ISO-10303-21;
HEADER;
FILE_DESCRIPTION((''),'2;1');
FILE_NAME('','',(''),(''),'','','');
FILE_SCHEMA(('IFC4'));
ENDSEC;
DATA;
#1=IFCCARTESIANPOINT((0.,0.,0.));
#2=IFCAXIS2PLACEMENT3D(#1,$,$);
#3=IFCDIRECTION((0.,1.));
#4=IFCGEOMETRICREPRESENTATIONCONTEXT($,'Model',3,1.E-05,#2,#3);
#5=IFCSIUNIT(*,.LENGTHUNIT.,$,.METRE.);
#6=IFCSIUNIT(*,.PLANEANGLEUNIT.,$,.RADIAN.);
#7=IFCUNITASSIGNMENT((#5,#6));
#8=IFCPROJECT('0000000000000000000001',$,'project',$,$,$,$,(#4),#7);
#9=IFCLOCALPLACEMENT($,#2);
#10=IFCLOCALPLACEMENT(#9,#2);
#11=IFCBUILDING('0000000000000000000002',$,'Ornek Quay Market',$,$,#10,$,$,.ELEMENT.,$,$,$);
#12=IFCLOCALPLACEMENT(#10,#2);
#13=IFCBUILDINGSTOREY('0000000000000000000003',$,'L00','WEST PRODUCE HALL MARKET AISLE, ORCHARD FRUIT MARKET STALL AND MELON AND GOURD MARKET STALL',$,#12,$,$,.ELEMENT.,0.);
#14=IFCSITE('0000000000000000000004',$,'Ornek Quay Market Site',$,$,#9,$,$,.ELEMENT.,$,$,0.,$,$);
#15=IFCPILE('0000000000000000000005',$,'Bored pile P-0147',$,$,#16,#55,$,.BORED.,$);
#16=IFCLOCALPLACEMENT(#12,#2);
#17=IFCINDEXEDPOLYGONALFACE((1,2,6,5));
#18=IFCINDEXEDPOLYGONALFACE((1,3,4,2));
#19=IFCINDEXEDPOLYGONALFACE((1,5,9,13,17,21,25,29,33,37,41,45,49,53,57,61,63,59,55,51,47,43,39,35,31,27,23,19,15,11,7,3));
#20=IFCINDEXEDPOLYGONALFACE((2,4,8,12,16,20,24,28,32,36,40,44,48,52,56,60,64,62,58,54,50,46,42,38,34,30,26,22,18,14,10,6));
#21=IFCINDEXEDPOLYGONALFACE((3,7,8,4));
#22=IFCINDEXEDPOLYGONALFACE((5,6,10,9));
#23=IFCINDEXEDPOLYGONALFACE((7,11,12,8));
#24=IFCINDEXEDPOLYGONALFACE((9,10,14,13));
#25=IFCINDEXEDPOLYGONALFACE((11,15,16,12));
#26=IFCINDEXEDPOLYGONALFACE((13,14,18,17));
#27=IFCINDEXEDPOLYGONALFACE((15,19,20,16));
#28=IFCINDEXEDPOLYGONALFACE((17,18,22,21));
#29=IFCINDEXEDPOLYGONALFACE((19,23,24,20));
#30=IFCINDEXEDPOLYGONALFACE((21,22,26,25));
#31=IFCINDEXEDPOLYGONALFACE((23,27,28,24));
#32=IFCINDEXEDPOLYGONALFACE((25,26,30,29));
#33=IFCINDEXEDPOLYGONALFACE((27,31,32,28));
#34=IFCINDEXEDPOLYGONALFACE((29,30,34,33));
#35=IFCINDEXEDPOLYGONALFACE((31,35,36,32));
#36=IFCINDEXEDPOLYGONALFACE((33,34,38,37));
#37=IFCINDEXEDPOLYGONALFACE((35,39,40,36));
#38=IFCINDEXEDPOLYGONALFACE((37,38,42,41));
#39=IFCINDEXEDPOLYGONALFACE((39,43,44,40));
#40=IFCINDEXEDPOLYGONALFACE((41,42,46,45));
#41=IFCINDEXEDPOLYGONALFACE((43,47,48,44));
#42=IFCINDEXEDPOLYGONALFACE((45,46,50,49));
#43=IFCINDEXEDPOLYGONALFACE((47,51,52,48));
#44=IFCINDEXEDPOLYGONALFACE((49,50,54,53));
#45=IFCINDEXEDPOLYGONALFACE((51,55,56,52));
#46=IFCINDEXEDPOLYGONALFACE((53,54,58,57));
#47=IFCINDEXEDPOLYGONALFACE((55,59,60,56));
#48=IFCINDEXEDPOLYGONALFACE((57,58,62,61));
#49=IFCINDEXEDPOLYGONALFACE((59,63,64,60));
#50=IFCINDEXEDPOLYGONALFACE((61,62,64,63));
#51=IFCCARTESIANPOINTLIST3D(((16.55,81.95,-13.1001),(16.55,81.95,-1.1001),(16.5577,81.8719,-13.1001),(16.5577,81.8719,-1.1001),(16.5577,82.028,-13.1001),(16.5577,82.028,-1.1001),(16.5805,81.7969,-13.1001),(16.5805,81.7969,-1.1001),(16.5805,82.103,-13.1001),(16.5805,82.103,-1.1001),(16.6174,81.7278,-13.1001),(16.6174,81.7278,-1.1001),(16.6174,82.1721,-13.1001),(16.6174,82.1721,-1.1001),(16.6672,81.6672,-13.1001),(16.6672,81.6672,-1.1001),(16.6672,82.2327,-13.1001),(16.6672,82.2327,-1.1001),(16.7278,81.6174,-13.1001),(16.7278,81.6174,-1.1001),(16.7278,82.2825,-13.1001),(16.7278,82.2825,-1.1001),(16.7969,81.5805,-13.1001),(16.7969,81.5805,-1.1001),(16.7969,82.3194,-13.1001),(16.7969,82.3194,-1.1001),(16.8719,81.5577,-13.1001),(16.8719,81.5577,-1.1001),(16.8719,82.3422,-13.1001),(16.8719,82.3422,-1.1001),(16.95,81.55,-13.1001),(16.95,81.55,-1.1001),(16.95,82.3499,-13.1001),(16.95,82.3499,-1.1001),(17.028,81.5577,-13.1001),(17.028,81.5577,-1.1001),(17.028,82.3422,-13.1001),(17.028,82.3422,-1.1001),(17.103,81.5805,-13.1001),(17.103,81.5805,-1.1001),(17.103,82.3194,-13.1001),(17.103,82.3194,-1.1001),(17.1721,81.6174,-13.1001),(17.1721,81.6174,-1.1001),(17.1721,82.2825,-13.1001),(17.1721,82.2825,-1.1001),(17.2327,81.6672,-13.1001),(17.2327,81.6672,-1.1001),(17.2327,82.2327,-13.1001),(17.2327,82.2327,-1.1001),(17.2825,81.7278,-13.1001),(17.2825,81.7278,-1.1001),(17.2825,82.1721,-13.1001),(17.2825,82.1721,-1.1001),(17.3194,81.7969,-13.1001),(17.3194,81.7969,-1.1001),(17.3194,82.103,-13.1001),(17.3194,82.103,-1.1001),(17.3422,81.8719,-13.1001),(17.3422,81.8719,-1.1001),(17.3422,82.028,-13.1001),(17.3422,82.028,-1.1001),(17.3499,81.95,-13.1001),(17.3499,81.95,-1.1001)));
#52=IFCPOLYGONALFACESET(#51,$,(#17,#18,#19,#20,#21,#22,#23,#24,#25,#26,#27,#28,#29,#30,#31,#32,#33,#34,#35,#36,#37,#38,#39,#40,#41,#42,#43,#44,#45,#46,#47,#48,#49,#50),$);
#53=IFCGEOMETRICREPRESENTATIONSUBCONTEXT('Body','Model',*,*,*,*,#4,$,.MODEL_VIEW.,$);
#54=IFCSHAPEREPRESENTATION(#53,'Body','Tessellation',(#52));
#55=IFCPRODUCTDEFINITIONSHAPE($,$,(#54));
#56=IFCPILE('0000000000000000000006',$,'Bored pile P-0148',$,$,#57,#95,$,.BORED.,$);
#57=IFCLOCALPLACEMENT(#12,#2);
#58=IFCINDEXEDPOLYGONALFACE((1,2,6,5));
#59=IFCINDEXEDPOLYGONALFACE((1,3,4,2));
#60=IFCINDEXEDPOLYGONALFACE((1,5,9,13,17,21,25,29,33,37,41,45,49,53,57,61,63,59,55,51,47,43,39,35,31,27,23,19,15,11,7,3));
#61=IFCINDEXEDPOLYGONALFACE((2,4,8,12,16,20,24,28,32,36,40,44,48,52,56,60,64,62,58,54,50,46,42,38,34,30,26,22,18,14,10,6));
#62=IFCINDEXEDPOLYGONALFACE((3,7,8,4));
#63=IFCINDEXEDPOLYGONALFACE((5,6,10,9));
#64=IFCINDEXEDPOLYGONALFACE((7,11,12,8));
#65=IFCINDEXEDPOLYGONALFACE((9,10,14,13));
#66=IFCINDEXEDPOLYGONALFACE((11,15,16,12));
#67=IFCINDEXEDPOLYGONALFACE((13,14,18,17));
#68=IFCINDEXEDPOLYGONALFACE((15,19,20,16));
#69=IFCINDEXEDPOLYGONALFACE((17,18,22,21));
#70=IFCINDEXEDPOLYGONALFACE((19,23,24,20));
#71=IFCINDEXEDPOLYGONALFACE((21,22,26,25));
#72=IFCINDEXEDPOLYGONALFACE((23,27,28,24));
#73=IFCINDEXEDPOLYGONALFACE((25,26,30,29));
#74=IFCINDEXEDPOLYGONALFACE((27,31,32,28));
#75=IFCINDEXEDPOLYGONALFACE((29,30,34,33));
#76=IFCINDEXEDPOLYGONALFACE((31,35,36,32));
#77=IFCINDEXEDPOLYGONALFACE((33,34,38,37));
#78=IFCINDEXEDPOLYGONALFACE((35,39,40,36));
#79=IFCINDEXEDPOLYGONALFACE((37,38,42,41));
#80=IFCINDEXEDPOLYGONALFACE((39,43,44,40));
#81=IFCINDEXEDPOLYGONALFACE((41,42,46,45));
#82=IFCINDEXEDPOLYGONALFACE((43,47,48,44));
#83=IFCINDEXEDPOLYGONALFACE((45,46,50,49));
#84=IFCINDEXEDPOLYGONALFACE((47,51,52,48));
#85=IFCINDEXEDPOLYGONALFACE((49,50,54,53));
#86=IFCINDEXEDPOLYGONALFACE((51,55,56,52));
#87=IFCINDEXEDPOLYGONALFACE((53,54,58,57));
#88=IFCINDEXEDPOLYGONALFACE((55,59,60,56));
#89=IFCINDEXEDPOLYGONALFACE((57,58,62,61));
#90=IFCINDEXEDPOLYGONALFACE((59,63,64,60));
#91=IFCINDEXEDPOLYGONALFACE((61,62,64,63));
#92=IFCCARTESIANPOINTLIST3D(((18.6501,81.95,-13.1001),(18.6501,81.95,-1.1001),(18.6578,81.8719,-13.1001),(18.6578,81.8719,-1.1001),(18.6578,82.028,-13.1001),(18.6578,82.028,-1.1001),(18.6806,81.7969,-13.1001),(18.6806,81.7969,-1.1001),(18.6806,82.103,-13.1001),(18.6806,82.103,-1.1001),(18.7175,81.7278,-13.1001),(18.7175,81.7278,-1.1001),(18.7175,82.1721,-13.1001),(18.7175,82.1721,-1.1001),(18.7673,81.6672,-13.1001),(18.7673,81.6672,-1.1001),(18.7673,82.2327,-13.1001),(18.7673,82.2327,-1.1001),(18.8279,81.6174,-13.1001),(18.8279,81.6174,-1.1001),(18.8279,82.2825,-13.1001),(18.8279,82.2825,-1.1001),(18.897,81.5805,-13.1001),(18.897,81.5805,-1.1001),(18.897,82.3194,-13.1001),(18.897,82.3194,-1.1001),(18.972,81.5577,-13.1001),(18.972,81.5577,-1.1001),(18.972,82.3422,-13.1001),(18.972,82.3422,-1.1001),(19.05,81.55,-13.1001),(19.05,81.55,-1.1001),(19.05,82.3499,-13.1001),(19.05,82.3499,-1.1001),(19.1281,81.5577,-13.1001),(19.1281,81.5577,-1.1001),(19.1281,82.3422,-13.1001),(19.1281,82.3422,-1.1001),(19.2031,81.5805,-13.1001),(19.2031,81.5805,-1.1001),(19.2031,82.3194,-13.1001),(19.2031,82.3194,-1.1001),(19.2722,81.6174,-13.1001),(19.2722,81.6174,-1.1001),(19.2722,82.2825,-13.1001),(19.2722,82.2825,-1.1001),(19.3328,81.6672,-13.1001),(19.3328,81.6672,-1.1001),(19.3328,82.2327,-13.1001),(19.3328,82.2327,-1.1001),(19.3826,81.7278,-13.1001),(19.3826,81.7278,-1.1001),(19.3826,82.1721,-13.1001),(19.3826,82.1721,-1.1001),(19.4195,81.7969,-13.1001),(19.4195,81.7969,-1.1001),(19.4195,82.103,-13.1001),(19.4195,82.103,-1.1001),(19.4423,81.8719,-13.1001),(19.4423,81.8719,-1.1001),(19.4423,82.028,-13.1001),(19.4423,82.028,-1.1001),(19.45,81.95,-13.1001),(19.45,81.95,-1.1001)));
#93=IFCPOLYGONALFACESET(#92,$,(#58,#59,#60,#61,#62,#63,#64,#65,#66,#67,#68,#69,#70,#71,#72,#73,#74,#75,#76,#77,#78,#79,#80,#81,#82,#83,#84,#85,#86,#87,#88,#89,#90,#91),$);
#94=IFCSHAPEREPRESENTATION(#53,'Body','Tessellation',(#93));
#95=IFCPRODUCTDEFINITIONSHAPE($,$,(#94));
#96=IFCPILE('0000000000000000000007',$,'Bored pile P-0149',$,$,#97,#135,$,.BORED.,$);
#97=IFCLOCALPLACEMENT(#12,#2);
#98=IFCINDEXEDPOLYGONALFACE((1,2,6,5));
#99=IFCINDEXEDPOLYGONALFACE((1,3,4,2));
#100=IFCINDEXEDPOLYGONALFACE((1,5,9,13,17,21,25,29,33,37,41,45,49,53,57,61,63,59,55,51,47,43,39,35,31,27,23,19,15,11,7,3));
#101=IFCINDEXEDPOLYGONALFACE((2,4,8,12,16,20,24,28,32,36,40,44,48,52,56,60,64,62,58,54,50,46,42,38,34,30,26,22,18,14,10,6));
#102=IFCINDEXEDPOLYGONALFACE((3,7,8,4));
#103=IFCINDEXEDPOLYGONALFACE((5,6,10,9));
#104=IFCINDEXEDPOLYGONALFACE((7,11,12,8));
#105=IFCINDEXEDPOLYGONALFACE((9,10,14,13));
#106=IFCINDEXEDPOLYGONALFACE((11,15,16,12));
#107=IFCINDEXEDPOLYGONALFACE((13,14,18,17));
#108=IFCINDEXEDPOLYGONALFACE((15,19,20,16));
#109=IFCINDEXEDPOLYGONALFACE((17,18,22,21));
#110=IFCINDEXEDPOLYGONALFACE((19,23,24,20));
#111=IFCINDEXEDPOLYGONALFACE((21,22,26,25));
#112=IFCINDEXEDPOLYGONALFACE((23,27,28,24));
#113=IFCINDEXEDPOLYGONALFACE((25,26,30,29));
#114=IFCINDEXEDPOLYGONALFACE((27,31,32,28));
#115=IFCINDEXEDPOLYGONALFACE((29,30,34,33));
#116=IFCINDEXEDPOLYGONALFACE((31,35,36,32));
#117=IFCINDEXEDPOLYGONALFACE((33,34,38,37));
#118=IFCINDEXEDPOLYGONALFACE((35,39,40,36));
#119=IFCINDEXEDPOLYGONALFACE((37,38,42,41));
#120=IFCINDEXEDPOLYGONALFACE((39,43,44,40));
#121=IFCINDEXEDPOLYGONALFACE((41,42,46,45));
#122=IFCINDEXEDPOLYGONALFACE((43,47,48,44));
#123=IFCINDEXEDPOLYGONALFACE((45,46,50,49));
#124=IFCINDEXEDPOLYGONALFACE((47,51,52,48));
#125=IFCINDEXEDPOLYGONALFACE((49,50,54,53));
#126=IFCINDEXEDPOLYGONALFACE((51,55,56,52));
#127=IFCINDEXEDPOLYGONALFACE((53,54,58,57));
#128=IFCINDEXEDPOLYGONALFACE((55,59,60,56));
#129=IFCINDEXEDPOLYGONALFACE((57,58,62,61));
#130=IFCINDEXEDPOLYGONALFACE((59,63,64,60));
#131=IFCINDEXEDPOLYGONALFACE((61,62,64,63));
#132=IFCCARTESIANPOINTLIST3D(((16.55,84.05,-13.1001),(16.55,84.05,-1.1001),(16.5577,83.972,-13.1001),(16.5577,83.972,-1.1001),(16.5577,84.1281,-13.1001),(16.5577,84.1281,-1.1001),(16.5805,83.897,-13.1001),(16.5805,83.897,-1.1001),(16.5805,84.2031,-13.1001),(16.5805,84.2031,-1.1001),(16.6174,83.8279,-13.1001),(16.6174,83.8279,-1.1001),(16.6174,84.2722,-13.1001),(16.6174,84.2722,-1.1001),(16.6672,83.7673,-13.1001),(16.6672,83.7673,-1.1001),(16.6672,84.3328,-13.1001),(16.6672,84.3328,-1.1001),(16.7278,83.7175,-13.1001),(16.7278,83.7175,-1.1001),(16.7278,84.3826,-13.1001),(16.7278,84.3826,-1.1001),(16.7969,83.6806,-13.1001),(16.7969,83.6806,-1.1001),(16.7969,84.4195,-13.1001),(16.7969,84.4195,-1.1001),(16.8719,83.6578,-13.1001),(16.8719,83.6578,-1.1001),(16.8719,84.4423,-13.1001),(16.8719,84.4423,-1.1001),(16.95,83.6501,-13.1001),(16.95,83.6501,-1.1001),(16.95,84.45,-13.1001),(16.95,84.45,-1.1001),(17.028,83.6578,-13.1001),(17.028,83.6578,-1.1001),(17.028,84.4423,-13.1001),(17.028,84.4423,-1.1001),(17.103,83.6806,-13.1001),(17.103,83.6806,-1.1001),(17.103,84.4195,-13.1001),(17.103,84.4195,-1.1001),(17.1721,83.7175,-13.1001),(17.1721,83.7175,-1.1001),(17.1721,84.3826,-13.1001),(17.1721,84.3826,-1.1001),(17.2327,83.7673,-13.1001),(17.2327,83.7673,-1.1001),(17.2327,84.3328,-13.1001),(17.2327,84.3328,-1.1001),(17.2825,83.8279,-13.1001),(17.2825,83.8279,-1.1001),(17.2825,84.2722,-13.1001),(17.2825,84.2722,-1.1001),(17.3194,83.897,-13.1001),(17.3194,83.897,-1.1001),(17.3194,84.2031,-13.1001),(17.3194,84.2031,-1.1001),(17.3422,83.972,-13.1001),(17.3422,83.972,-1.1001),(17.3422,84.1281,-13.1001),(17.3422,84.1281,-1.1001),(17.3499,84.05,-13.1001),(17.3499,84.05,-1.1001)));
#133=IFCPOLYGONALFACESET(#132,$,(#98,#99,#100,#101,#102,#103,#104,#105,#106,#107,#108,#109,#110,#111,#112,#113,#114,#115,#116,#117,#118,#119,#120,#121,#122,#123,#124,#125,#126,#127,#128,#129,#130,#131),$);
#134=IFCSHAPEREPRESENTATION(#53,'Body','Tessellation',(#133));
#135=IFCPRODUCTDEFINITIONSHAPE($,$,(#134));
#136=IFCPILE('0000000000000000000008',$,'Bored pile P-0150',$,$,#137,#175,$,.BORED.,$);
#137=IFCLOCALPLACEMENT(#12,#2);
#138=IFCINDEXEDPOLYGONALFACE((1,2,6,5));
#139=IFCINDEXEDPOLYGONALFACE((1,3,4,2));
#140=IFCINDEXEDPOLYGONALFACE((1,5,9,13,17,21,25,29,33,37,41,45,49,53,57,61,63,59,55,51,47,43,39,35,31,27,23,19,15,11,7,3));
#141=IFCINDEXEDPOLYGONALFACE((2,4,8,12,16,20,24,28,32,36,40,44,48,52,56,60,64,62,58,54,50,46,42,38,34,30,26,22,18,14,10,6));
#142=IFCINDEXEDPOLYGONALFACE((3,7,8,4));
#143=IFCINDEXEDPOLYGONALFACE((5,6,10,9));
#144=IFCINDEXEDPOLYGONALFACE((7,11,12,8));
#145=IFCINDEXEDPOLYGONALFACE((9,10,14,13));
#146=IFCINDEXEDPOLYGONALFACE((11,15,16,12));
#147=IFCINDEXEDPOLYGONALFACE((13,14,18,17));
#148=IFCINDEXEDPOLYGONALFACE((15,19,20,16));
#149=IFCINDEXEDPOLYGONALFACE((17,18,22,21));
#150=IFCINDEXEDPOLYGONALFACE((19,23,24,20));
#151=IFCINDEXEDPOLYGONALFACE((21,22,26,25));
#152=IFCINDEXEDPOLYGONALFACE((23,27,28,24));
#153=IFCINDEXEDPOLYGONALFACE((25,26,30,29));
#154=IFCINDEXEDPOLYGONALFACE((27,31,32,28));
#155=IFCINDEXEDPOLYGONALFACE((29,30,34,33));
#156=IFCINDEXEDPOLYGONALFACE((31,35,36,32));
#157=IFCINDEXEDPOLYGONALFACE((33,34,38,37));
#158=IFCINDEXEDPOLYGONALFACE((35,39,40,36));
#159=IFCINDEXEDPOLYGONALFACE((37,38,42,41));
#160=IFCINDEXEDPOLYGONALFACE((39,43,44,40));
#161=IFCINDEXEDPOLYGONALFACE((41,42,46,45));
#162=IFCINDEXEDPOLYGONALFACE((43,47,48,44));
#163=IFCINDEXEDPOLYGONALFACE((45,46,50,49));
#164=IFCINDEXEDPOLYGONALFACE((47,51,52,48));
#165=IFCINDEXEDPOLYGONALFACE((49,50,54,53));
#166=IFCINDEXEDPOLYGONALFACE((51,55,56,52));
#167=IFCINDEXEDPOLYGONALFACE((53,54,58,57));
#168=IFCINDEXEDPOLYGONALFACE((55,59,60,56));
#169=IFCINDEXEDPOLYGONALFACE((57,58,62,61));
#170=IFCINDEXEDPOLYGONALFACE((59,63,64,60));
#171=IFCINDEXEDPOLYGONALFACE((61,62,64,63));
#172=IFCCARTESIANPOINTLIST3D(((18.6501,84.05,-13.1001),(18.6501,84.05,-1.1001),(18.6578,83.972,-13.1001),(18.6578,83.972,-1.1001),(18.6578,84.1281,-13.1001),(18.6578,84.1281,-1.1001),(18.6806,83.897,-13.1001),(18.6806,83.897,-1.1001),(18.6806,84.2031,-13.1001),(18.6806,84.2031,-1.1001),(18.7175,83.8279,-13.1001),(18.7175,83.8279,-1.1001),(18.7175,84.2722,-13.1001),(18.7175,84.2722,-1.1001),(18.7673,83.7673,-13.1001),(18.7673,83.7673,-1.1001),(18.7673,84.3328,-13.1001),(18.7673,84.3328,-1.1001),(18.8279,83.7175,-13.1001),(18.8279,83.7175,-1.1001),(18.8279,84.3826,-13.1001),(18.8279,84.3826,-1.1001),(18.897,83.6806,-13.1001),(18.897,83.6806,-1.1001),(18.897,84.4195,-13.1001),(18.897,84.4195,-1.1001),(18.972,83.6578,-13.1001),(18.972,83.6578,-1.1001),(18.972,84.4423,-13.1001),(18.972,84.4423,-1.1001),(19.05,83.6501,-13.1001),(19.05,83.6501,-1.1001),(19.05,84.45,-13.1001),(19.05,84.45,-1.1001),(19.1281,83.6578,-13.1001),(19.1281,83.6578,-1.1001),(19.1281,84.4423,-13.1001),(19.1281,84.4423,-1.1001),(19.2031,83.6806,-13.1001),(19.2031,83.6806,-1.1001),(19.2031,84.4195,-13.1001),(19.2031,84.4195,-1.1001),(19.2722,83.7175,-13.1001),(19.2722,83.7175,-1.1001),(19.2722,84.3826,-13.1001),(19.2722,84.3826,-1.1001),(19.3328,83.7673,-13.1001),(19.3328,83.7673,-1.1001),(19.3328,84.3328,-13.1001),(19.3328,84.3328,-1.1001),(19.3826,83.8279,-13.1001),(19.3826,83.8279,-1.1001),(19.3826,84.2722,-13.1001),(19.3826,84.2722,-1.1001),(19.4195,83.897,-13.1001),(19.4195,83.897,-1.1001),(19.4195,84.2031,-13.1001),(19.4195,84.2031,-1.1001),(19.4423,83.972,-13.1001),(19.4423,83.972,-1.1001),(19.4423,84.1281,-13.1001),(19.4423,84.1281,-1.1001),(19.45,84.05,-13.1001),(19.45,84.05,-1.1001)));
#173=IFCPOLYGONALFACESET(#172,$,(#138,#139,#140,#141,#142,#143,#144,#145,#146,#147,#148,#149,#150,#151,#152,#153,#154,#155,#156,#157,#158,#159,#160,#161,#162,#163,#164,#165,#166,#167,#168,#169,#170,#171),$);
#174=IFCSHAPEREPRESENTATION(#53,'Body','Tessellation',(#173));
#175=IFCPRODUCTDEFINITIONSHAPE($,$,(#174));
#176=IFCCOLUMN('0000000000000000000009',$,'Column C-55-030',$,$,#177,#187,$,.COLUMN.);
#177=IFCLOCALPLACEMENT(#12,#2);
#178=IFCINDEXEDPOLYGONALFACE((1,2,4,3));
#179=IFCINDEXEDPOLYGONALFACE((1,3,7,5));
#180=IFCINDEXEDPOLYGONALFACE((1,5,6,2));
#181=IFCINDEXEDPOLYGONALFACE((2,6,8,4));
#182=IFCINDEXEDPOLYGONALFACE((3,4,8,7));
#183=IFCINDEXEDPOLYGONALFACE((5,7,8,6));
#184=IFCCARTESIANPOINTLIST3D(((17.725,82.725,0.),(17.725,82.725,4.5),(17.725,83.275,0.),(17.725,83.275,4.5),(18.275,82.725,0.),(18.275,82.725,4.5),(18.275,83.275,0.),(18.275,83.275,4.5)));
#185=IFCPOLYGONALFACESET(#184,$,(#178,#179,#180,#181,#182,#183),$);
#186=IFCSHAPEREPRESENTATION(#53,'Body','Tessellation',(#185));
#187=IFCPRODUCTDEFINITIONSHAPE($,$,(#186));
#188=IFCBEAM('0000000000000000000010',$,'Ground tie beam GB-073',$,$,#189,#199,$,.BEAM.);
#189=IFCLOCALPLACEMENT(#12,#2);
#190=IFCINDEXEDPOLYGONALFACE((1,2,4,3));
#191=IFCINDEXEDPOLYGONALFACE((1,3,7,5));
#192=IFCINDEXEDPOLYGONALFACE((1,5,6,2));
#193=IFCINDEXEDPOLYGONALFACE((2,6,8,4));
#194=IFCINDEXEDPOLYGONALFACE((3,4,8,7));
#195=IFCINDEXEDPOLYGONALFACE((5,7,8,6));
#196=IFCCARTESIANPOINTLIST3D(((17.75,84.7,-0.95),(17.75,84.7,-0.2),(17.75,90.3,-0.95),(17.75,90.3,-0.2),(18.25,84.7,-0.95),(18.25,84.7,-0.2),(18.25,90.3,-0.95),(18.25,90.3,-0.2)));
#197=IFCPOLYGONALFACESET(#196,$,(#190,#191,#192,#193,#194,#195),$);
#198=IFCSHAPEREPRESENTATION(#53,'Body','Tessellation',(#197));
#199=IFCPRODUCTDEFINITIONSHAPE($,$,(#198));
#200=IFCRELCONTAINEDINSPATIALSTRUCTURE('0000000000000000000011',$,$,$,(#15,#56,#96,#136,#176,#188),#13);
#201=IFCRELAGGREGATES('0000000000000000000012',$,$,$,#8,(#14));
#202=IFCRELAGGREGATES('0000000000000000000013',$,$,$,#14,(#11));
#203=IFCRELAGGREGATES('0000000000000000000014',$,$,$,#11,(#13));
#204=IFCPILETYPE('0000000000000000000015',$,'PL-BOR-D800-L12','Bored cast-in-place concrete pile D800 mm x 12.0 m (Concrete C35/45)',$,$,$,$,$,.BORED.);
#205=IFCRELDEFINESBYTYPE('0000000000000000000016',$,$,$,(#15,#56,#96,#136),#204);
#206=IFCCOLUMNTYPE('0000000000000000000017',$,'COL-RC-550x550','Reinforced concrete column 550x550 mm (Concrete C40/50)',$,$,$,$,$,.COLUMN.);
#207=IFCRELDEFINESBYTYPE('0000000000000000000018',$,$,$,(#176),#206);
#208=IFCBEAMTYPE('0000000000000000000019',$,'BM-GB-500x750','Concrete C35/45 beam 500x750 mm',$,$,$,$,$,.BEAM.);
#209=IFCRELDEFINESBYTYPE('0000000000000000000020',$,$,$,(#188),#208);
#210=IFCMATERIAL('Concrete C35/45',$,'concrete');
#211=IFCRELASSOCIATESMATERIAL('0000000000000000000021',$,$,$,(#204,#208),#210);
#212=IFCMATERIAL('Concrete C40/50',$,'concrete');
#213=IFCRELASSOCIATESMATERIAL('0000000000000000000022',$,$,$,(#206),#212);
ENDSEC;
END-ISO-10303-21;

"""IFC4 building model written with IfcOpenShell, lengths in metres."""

from ifc_helpers import new_model, si_unit, direction, frame, origin, origin_2d, place, context, subcontext, project, spatial, rectangle, circle, extrude, material, material_profile, profile_set, type_object, element, save


model = new_model("IFC4")

# Units and contexts
model_context = context("Model", 3, precision=1e-05, world=origin(), true_north=direction((0.0, 1.0)))
body_context = subcontext(model_context, "Body", "Model", "MODEL_VIEW")
ifc_project = project(units=[si_unit("LENGTHUNIT", "METRE"), si_unit("PLANEANGLEUNIT", "RADIAN")], contexts=[model_context])

# Site, building, storey
site_placement = place(None, origin())
site = spatial("IfcSite", under=ifc_project, at=site_placement, Name="Ornek Quay Market Site", CompositionType="ELEMENT", RefElevation=0.0)
building_placement = place(site_placement, origin())
building = spatial("IfcBuilding", under=site, at=building_placement, Name="Ornek Quay Market", CompositionType="ELEMENT")
storey_placement = place(building_placement, origin())
storey = spatial("IfcBuildingStorey", under=building, at=storey_placement, Name="L00", Description="WEST PRODUCE HALL MARKET AISLE, ORCHARD FRUIT MARKET STALL AND MELON AND GOURD MARKET STALL", CompositionType="ELEMENT", Elevation=0.0)

# Piles
ifc_material_1 = material(Name="Concrete C35/45", Category="concrete")
ifc_material_profile_1 = material_profile(ifc_material_1, circle(Radius=0.3999, at=origin_2d()), Name="PILE D800", Category="concrete")
ifc_profile_set_1 = profile_set([ifc_material_profile_1], Name="Concrete C35/45")
pile_type = type_object("IfcPileType", Name="PL-BOR-D800-L12", Description="Bored cast-in-place concrete pile D800 mm x 12.0 m (Concrete C35/45)", PredefinedType="BORED", material=ifc_profile_set_1)
for number, where, z_axis, x_axis, name in (
    (1, (16.95, 81.95, -1.1001), (0.0, 0.0, -1.0), (1.0, 0.0, 0.0), "Bored pile P-0147"),
    (2, (19.05, 81.95, -1.1001), (0.0, 0.0, -1.0), (1.0, 0.0, 0.0), "Bored pile P-0148"),
    (3, (16.95, 84.05, -1.1001), (0.0, 0.0, -1.0), (1.0, 0.0, 0.0), "Bored pile P-0149"),
    (4, (19.05, 84.05, -1.1001), (0.0, 0.0, -1.0), (1.0, 0.0, 0.0), "Bored pile P-0150"),
):
    element("IfcPile", number, at=place(storey_placement, frame(where, z_axis=z_axis, x_axis=x_axis)), inside=storey, type_object=pile_type, Name=name, PredefinedType="BORED", context=body_context, shape_type="SweptSolid", body=[
        extrude(circle(Radius=0.3999, at=origin_2d()), origin(), (0.0, 0.0, 1.0), 12.0),
    ])

# Column
ifc_material_2 = material(Name="Concrete C40/50", Category="concrete")
ifc_material_profile_2 = material_profile(ifc_material_2, rectangle(XDim=0.55, YDim=0.55, at=origin_2d()), Name="RC 550x550", Category="concrete")
ifc_profile_set_2 = profile_set([ifc_material_profile_2], Name="Concrete C40/50")
column_type = type_object("IfcColumnType", Name="COL-RC-550x550", Description="Reinforced concrete column 550x550 mm (Concrete C40/50)", PredefinedType="COLUMN", material=ifc_profile_set_2)
column_placement = place(storey_placement, frame((18.0, 83.0, 0.0), z_axis=(0.0, 0.0, 1.0), x_axis=(1.0, 0.0, 0.0)))
element("IfcColumn", 5, at=column_placement, inside=storey, type_object=column_type, Name="Column C-55-030", PredefinedType="COLUMN", context=body_context, shape_type="SweptSolid", body=[
    extrude(rectangle(XDim=0.55, YDim=0.55, at=origin_2d()), origin(), (0.0, 0.0, 1.0), 4.5),
])

# Beam
ifc_material_profile_3 = material_profile(ifc_material_1, rectangle(XDim=0.5, YDim=0.75, at=origin_2d()), Name="RC 500x750", Category="concrete")
ifc_profile_set_3 = profile_set([ifc_material_profile_3], Name="Concrete C35/45")
beam_type_1 = type_object("IfcBeamType", Name="BM-GB-500x750", Description="Concrete C35/45 beam 500x750 mm", PredefinedType="BEAM", material=ifc_profile_set_3)
beam_1_placement = place(storey_placement, frame((18.0, 84.7, -0.575), z_axis=(0.0, 1.0, 0.0), x_axis=(-1.0, 0.0, 0.0)))
element("IfcBeam", 6, at=beam_1_placement, inside=storey, type_object=beam_type_1, Name="Ground tie beam GB-073", PredefinedType="BEAM", context=body_context, shape_type="SweptSolid", body=[
    extrude(rectangle(XDim=0.5, YDim=0.75, at=origin_2d()), origin(), (0.0, 0.0, 1.0), 5.6001),
])

save(model, "model.ifc")
